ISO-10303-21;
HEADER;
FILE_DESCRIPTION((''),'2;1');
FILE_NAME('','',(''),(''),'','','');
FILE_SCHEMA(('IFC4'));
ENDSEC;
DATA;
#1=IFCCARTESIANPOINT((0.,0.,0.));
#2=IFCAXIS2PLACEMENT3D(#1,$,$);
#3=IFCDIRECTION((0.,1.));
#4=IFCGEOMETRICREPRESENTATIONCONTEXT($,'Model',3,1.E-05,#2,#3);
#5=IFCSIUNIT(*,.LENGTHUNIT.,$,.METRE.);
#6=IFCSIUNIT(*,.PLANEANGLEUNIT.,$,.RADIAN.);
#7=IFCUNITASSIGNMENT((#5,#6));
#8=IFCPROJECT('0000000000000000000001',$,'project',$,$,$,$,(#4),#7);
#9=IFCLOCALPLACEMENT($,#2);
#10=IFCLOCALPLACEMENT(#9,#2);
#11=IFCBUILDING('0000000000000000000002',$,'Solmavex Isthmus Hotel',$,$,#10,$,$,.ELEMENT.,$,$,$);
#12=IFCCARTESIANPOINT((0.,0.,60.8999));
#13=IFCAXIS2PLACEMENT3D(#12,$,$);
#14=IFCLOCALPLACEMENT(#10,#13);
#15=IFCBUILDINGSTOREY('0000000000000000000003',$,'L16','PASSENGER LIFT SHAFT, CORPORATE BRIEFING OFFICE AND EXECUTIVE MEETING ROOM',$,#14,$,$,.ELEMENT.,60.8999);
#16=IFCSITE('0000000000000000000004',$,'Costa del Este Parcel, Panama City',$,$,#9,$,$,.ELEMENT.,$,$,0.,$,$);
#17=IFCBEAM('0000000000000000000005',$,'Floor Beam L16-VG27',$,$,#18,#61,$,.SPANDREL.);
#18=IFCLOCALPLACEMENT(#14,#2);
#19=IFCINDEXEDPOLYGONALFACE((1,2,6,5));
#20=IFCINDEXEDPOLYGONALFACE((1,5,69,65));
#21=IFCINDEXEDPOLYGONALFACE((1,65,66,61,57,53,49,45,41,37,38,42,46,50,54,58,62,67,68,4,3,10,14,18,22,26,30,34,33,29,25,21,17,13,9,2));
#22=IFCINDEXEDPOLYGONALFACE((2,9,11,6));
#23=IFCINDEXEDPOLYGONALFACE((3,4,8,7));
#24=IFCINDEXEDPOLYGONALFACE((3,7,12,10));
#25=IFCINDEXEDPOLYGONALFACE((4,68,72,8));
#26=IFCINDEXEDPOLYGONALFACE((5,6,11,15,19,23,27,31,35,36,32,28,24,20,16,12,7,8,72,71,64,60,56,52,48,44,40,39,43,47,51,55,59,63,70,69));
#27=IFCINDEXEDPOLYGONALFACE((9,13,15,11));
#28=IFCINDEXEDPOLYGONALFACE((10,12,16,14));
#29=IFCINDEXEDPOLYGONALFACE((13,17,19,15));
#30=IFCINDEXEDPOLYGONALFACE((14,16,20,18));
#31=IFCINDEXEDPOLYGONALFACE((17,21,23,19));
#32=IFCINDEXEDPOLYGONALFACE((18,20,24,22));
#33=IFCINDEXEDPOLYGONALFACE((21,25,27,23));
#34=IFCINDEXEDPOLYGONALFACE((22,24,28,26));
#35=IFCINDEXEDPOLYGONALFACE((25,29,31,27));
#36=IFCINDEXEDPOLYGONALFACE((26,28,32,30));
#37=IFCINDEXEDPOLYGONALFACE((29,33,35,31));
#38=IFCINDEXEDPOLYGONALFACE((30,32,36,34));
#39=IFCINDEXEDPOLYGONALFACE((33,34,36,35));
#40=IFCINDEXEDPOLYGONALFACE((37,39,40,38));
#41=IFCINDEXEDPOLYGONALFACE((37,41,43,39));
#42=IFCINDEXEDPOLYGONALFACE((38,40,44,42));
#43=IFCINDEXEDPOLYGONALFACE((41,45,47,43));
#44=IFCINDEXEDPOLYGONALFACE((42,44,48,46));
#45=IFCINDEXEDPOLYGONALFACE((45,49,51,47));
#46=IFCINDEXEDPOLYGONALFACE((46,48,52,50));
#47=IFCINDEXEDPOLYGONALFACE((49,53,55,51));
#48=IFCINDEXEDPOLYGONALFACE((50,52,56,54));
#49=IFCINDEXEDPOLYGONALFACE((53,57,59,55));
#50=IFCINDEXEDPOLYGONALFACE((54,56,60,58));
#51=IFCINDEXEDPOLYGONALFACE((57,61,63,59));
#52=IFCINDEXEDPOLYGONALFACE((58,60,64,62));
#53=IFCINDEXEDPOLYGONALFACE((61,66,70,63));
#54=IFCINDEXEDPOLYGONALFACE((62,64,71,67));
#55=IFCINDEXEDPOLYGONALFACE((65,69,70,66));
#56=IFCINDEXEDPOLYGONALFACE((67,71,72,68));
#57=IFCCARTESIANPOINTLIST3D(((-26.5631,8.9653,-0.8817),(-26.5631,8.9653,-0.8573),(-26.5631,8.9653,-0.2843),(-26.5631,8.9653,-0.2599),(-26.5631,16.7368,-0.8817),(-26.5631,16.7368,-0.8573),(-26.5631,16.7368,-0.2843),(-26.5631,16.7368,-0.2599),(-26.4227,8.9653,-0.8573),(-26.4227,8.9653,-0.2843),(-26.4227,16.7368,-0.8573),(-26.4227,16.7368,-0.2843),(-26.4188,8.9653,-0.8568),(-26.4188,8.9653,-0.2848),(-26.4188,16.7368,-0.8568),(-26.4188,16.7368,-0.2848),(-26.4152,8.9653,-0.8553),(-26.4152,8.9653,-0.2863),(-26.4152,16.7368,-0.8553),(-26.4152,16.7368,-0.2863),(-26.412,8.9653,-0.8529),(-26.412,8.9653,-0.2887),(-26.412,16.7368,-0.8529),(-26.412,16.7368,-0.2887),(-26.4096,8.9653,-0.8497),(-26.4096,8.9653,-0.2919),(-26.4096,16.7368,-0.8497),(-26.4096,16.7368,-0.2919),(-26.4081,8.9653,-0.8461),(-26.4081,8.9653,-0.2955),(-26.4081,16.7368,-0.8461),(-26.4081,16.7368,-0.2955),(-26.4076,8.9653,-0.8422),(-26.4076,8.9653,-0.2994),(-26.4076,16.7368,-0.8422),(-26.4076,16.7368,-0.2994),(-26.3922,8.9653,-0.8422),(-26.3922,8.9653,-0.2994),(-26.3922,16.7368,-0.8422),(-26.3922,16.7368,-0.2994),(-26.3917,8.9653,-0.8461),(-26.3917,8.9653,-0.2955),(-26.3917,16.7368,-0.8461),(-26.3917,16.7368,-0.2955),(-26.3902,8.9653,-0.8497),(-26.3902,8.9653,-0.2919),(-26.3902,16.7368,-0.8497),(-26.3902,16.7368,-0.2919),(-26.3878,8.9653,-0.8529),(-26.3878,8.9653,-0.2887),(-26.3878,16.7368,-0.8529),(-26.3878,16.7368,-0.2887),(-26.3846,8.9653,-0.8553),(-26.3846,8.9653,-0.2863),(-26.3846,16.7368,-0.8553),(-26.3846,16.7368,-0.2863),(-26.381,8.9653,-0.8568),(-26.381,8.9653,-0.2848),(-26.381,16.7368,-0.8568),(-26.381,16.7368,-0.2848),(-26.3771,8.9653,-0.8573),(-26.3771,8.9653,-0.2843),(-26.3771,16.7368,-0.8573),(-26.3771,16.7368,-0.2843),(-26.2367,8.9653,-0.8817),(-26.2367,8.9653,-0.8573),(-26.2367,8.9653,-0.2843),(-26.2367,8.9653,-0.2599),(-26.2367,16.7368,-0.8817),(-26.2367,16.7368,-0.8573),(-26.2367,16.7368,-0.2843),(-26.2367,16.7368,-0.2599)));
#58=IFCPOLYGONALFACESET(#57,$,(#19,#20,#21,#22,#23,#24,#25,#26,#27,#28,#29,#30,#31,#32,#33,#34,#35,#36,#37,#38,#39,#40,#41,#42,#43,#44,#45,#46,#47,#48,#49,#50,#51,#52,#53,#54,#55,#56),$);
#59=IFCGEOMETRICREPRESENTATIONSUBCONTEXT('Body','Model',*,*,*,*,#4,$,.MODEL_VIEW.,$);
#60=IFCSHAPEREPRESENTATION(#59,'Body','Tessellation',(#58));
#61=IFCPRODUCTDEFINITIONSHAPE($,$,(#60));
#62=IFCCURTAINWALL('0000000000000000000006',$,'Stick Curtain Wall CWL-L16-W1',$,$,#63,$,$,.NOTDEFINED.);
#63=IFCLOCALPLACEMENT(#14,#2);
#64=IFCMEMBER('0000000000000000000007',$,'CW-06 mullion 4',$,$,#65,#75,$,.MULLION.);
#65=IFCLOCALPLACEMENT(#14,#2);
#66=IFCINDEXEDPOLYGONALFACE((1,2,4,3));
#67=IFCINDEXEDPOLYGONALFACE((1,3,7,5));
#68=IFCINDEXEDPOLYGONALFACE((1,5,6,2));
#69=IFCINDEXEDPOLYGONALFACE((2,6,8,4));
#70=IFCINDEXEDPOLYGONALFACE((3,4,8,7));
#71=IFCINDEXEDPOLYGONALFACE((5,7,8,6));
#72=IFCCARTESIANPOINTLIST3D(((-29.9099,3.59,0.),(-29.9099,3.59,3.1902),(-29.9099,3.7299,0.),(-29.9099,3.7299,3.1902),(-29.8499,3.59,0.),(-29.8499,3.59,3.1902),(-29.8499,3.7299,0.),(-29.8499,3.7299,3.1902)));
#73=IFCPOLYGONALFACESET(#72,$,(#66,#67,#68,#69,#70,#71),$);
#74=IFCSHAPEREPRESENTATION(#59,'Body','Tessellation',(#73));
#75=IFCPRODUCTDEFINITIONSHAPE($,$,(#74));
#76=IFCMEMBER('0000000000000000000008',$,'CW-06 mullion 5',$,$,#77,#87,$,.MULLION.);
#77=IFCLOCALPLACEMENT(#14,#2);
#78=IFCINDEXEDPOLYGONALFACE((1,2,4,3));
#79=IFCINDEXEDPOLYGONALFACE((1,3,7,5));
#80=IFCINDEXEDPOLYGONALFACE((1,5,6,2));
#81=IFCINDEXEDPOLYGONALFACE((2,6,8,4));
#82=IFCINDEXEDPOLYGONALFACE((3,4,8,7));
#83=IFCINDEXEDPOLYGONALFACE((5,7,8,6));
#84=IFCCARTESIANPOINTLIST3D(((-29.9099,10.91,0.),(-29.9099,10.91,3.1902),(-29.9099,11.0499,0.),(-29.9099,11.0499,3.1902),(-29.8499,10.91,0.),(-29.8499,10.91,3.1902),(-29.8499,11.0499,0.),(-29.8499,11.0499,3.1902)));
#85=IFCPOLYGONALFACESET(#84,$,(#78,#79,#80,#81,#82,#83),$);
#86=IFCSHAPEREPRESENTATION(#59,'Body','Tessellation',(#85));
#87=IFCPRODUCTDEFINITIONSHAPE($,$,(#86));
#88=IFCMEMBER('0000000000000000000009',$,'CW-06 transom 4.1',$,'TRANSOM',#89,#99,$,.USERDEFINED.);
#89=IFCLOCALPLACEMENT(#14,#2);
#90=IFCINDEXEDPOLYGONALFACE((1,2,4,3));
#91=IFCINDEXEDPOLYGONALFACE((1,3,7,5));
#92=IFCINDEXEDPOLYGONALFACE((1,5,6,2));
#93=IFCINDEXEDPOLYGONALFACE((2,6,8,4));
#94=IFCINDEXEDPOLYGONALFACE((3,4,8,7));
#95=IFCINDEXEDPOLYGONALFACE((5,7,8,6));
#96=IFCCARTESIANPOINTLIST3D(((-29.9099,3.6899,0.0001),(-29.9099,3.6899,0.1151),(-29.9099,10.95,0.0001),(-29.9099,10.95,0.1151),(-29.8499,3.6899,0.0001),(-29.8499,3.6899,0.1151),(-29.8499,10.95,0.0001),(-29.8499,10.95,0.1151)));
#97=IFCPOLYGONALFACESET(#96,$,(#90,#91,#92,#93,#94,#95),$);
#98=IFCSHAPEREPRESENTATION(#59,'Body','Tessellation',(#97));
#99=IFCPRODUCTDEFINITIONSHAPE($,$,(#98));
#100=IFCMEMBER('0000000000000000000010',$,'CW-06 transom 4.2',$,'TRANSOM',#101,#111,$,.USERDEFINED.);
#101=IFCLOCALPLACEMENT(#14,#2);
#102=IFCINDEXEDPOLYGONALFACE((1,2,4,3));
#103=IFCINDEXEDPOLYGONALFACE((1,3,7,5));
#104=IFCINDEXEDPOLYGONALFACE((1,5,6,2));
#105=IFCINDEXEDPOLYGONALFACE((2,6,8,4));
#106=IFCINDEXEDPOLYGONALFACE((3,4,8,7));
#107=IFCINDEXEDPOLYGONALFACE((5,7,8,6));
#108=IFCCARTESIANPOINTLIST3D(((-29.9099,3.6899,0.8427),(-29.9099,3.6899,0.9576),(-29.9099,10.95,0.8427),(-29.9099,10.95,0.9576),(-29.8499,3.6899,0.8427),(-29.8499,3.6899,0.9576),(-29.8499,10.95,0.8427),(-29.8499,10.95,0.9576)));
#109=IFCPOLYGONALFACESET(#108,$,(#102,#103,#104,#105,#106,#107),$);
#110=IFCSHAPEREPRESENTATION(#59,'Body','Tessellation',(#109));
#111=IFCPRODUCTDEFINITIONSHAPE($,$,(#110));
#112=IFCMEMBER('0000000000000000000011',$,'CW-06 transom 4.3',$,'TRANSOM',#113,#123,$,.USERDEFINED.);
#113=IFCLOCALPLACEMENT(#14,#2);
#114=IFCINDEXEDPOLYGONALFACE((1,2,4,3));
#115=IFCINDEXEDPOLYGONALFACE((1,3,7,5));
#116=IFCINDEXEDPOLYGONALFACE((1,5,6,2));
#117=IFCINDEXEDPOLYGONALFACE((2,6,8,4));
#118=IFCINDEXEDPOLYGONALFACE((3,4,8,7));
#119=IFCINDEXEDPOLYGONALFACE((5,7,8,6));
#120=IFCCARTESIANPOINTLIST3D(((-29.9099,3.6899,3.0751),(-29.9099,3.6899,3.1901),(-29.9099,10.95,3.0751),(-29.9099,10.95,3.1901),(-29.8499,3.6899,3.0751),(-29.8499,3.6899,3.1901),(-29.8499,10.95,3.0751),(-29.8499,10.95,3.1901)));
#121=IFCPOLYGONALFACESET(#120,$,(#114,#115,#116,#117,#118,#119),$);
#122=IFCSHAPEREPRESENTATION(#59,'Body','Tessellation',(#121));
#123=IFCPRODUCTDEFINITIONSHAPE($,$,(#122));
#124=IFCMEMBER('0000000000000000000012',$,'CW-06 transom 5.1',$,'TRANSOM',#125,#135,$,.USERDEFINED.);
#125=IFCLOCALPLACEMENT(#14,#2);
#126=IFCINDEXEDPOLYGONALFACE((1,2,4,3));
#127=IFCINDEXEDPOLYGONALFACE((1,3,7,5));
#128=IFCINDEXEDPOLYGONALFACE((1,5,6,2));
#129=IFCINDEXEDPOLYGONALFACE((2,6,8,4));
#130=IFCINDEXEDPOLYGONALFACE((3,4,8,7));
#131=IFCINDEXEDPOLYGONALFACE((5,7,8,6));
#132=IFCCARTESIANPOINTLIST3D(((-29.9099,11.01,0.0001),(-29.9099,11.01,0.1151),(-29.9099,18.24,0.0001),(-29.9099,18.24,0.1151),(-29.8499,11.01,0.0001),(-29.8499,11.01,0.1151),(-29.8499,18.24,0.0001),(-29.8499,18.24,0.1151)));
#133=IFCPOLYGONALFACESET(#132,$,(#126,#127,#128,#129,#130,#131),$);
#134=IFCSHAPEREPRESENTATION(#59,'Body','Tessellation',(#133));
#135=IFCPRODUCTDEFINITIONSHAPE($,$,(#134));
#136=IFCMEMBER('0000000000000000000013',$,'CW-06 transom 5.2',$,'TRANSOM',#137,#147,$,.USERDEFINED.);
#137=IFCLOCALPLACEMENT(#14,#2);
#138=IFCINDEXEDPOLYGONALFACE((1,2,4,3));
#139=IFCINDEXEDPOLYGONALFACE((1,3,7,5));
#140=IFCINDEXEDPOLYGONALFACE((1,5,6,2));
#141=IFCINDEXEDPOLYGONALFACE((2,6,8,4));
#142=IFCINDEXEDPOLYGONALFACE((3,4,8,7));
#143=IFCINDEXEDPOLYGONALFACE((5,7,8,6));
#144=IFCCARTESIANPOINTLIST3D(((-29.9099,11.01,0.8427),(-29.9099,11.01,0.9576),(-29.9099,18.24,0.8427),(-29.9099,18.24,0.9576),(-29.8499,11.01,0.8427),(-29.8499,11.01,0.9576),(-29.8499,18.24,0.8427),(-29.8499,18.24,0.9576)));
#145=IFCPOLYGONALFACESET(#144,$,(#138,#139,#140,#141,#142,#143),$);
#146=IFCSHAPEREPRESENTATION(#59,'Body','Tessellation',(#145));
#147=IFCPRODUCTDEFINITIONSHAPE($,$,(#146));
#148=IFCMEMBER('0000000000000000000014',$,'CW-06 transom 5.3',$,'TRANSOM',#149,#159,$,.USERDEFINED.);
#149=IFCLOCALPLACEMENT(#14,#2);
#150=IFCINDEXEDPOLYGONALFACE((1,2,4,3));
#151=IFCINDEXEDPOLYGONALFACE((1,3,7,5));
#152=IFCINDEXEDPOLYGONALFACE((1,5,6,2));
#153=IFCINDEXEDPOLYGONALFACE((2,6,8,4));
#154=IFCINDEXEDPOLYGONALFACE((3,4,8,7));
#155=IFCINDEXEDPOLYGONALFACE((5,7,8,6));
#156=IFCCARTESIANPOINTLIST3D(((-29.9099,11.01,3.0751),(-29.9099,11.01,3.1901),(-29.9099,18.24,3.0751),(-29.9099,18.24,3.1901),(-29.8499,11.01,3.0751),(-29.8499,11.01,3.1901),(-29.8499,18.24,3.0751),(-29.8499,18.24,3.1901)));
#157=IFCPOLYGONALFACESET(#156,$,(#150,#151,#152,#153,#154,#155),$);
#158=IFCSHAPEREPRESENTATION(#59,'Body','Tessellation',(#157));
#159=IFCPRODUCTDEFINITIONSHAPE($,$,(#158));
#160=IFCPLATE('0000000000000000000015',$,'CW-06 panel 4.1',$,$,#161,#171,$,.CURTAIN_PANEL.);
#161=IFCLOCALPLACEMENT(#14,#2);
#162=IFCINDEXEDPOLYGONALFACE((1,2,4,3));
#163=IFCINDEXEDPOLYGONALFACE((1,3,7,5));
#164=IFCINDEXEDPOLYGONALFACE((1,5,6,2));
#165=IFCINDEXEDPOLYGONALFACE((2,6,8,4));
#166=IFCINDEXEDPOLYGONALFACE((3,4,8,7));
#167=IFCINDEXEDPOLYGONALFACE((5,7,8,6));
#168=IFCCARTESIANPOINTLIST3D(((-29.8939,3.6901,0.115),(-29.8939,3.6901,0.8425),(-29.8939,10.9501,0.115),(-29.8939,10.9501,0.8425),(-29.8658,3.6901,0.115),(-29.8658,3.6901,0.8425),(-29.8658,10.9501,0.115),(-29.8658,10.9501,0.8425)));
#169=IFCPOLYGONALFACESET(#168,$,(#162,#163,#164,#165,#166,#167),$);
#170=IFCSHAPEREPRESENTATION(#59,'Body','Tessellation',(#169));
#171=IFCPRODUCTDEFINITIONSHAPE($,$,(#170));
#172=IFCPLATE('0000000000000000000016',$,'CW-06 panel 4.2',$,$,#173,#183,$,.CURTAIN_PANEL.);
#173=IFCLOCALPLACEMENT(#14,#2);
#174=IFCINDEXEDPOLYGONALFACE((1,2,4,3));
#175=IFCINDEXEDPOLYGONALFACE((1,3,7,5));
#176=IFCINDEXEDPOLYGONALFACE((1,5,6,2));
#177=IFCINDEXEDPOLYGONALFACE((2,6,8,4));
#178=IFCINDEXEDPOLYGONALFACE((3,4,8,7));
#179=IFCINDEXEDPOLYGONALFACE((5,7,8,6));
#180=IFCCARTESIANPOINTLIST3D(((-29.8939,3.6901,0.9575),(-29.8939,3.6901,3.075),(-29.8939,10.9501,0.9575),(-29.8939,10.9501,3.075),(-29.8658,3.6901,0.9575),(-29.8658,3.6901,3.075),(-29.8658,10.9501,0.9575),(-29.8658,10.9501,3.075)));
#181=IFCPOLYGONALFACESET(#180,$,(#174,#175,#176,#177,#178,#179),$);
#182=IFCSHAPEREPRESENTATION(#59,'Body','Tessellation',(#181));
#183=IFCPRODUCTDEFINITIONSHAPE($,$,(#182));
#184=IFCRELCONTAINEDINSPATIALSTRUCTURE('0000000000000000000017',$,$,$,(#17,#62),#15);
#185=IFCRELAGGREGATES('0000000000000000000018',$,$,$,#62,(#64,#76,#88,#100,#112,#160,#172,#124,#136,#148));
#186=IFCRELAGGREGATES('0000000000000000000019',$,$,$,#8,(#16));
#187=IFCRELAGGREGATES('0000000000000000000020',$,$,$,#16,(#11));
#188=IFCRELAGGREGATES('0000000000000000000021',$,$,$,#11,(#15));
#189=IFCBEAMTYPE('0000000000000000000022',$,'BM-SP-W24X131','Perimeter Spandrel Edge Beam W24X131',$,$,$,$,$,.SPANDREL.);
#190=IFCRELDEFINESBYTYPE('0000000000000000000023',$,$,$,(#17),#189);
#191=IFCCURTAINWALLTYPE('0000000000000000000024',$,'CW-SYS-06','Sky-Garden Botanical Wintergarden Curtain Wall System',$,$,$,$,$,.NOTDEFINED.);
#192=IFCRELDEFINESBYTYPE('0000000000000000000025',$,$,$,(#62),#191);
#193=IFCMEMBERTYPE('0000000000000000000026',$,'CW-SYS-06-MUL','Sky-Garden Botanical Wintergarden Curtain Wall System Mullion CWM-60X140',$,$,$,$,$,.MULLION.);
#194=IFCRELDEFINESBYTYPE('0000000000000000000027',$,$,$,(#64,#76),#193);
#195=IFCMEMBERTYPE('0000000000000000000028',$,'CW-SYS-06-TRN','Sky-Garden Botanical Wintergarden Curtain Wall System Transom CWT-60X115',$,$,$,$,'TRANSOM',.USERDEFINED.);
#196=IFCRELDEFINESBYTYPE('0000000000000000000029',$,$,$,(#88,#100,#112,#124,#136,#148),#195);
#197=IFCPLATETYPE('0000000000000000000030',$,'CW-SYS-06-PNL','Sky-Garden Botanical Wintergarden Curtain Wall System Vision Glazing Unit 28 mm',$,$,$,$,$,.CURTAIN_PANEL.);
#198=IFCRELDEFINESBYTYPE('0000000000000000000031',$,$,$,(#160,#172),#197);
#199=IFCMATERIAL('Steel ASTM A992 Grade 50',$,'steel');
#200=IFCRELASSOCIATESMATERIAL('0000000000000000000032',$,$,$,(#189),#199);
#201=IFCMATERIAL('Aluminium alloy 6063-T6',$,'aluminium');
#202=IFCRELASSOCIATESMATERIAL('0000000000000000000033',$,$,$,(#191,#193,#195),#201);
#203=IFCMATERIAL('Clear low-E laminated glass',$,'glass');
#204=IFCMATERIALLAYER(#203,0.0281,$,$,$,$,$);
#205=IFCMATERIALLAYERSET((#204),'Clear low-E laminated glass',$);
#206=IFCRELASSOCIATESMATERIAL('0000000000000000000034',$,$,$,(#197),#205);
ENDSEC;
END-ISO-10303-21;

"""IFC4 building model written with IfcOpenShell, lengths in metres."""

from ifc_helpers import new_model, si_unit, direction, frame, origin, origin_2d, place, context, subcontext, project, spatial, rectangle, i_section, extrude, material, layer, layer_set, material_profile, profile_set, type_object, element, aggregate, save


model = new_model("IFC4")

# Units and contexts
model_context = context("Model", 3, precision=1e-05, world=origin(), true_north=direction((0.0, 1.0)))
body_context = subcontext(model_context, "Body", "Model", "MODEL_VIEW")
ifc_project = project(units=[si_unit("LENGTHUNIT", "METRE"), si_unit("PLANEANGLEUNIT", "RADIAN")], contexts=[model_context])

# Site, building, storey
site_placement = place(None, origin())
site = spatial("IfcSite", under=ifc_project, at=site_placement, Name="Costa del Este Parcel, Panama City", CompositionType="ELEMENT", RefElevation=0.0)
building_placement = place(site_placement, origin())
building = spatial("IfcBuilding", under=site, at=building_placement, Name="Solmavex Isthmus Hotel", CompositionType="ELEMENT")
storey_placement = place(building_placement, frame((0.0, 0.0, 60.8999)))
storey = spatial("IfcBuildingStorey", under=building, at=storey_placement, Name="L16", Description="PASSENGER LIFT SHAFT, CORPORATE BRIEFING OFFICE AND EXECUTIVE MEETING ROOM", CompositionType="ELEMENT", Elevation=60.8999)

# Beam
ifc_material_1 = material(Name="Steel ASTM A992 Grade 50", Category="steel")
ifc_material_profile_1 = material_profile(ifc_material_1, i_section(OverallWidth=0.3264, OverallDepth=0.6218, WebThickness=0.0154, FlangeThickness=0.0244, FilletRadius=0.0151, at=origin_2d()), Name="W24X131")
ifc_profile_set_1 = profile_set([ifc_material_profile_1], Name="Steel ASTM A992 Grade 50")
beam_type_1 = type_object("IfcBeamType", Name="BM-SP-W24X131", Description="Perimeter Spandrel Edge Beam W24X131", PredefinedType="SPANDREL", material=ifc_profile_set_1)
beam_1_placement = place(storey_placement, frame((-26.3999, 8.9653, -0.5708), z_axis=(0.0, 1.0, 0.0), x_axis=(-1.0, 0.0, 0.0)))
element("IfcBeam", 1, at=beam_1_placement, inside=storey, type_object=beam_type_1, Name="Floor Beam L16-VG27", PredefinedType="SPANDREL", context=body_context, shape_type="SweptSolid", body=[
    extrude(i_section(OverallWidth=0.3264, OverallDepth=0.6218, WebThickness=0.0154, FlangeThickness=0.0244, FilletRadius=0.0151, at=origin_2d()), origin(), (0.0, 0.0, 1.0), 7.7715),
])

# Curtain wall, members, plates
ifc_material_2 = material(Name="Aluminium alloy 6063-T6", Category="aluminium")
curtain_wall_type = type_object("IfcCurtainWallType", Name="CW-SYS-06", Description="Sky-Garden Botanical Wintergarden Curtain Wall System", PredefinedType="NOTDEFINED", material=ifc_material_2)
curtain_wall_placement = place(storey_placement, origin())
curtain_wall = element("IfcCurtainWall", 2, at=curtain_wall_placement, inside=storey, type_object=curtain_wall_type, Name="Stick Curtain Wall CWL-L16-W1", PredefinedType="NOTDEFINED")
ifc_material_profile_2 = material_profile(ifc_material_2, rectangle(XDim=0.0601, YDim=0.1399, at=origin_2d()), Name="CWM-60X140")
ifc_profile_set_2 = profile_set([ifc_material_profile_2], Name="Aluminium alloy 6063-T6")
member_type_1 = type_object("IfcMemberType", Name="CW-SYS-06-MUL", Description="Sky-Garden Botanical Wintergarden Curtain Wall System Mullion CWM-60X140", PredefinedType="MULLION", material=ifc_profile_set_2)
member_1_placement = place(storey_placement, frame((-29.8799, 3.6599, 0.0), z_axis=(0.0, 0.0, 1.0), x_axis=(-1.0, 0.0, 0.0)))
member_1 = element("IfcMember", 3, at=member_1_placement, type_object=member_type_1, Name="CW-06 mullion 4", PredefinedType="MULLION", context=body_context, shape_type="SweptSolid", body=[
    extrude(rectangle(XDim=0.0601, YDim=0.1399, at=origin_2d()), origin(), (0.0, 0.0, 1.0), 3.1902),
])
member_2_placement = place(storey_placement, frame((-29.8799, 10.98, 0.0), z_axis=(0.0, 0.0, 1.0), x_axis=(-1.0, 0.0, 0.0)))
member_2 = element("IfcMember", 4, at=member_2_placement, type_object=member_type_1, Name="CW-06 mullion 5", PredefinedType="MULLION", context=body_context, shape_type="SweptSolid", body=[
    extrude(rectangle(XDim=0.0601, YDim=0.1399, at=origin_2d()), origin(), (0.0, 0.0, 1.0), 3.1902),
])
ifc_material_profile_3 = material_profile(ifc_material_2, rectangle(XDim=0.0601, YDim=0.115, at=origin_2d()), Name="CWT-60X115")
ifc_profile_set_3 = profile_set([ifc_material_profile_3], Name="Aluminium alloy 6063-T6")
member_type_2 = type_object("IfcMemberType", Name="CW-SYS-06-TRN", Description="Sky-Garden Botanical Wintergarden Curtain Wall System Transom CWT-60X115", ElementType="TRANSOM", PredefinedType="USERDEFINED", material=ifc_profile_set_3)
member_3_placement = place(storey_placement, frame((-29.8799, 3.6899, 0.0576), z_axis=(0.0, 1.0, 0.0), x_axis=(-1.0, 0.0, 0.0)))
member_3 = element("IfcMember", 5, at=member_3_placement, type_object=member_type_2, Name="CW-06 transom 4.1", ObjectType="TRANSOM", PredefinedType="USERDEFINED", context=body_context, shape_type="SweptSolid", body=[
    extrude(rectangle(XDim=0.0601, YDim=0.115, at=origin_2d()), origin(), (0.0, 0.0, 1.0), 7.26),
])
member_4_placement = place(storey_placement, frame((-29.8799, 3.6899, 0.9001), z_axis=(0.0, 1.0, 0.0), x_axis=(-1.0, 0.0, 0.0)))
member_4 = element("IfcMember", 6, at=member_4_placement, type_object=member_type_2, Name="CW-06 transom 4.2", ObjectType="TRANSOM", PredefinedType="USERDEFINED", context=body_context, shape_type="SweptSolid", body=[
    extrude(rectangle(XDim=0.0601, YDim=0.115, at=origin_2d()), origin(), (0.0, 0.0, 1.0), 7.26),
])
member_5_placement = place(storey_placement, frame((-29.8799, 3.6899, 3.1326), z_axis=(0.0, 1.0, 0.0), x_axis=(-1.0, 0.0, 0.0)))
member_5 = element("IfcMember", 7, at=member_5_placement, type_object=member_type_2, Name="CW-06 transom 4.3", ObjectType="TRANSOM", PredefinedType="USERDEFINED", context=body_context, shape_type="SweptSolid", body=[
    extrude(rectangle(XDim=0.0601, YDim=0.115, at=origin_2d()), origin(), (0.0, 0.0, 1.0), 7.26),
])
member_6_placement = place(storey_placement, frame((-29.8799, 11.01, 0.0576), z_axis=(0.0, 1.0, 0.0), x_axis=(-1.0, 0.0, 0.0)))
member_6 = element("IfcMember", 8, at=member_6_placement, type_object=member_type_2, Name="CW-06 transom 5.1", ObjectType="TRANSOM", PredefinedType="USERDEFINED", context=body_context, shape_type="SweptSolid", body=[
    extrude(rectangle(XDim=0.0601, YDim=0.115, at=origin_2d()), origin(), (0.0, 0.0, 1.0), 7.23),
])
member_7_placement = place(storey_placement, frame((-29.8799, 11.01, 0.9001), z_axis=(0.0, 1.0, 0.0), x_axis=(-1.0, 0.0, 0.0)))
member_7 = element("IfcMember", 9, at=member_7_placement, type_object=member_type_2, Name="CW-06 transom 5.2", ObjectType="TRANSOM", PredefinedType="USERDEFINED", context=body_context, shape_type="SweptSolid", body=[
    extrude(rectangle(XDim=0.0601, YDim=0.115, at=origin_2d()), origin(), (0.0, 0.0, 1.0), 7.23),
])
member_8_placement = place(storey_placement, frame((-29.8799, 11.01, 3.1326), z_axis=(0.0, 1.0, 0.0), x_axis=(-1.0, 0.0, 0.0)))
member_8 = element("IfcMember", 10, at=member_8_placement, type_object=member_type_2, Name="CW-06 transom 5.3", ObjectType="TRANSOM", PredefinedType="USERDEFINED", context=body_context, shape_type="SweptSolid", body=[
    extrude(rectangle(XDim=0.0601, YDim=0.115, at=origin_2d()), origin(), (0.0, 0.0, 1.0), 7.23),
])
ifc_material_3 = material(Name="Clear low-E laminated glass", Category="glass")
ifc_layer_1 = layer(ifc_material_3, 0.0281)
ifc_layer_set_1 = layer_set([ifc_layer_1], Name="Clear low-E laminated glass")
plate_type = type_object("IfcPlateType", Name="CW-SYS-06-PNL", Description="Sky-Garden Botanical Wintergarden Curtain Wall System Vision Glazing Unit 28 mm", PredefinedType="CURTAIN_PANEL", material=ifc_layer_set_1)
plate_1_placement = place(storey_placement, frame((-29.8799, 7.3201, 0.115), z_axis=(0.0, 0.0, 1.0), x_axis=(0.0, 1.0, 0.0)))
plate_1 = element("IfcPlate", 11, at=plate_1_placement, type_object=plate_type, Name="CW-06 panel 4.1", PredefinedType="CURTAIN_PANEL", context=body_context, shape_type="SweptSolid", body=[
    extrude(rectangle(XDim=7.26, YDim=0.0281, at=origin_2d()), origin(), (0.0, 0.0, 1.0), 0.7275),
])
plate_2_placement = place(storey_placement, frame((-29.8799, 7.3201, 0.9575), z_axis=(0.0, 0.0, 1.0), x_axis=(0.0, 1.0, 0.0)))
plate_2 = element("IfcPlate", 12, at=plate_2_placement, type_object=plate_type, Name="CW-06 panel 4.2", PredefinedType="CURTAIN_PANEL", context=body_context, shape_type="SweptSolid", body=[
    extrude(rectangle(XDim=7.26, YDim=0.0281, at=origin_2d()), origin(), (0.0, 0.0, 1.0), 2.1174),
])
aggregate(curtain_wall, [member_1, member_2, member_3, member_4, member_5, plate_1, plate_2, member_6, member_7, member_8])

save(model, "model.ifc")
